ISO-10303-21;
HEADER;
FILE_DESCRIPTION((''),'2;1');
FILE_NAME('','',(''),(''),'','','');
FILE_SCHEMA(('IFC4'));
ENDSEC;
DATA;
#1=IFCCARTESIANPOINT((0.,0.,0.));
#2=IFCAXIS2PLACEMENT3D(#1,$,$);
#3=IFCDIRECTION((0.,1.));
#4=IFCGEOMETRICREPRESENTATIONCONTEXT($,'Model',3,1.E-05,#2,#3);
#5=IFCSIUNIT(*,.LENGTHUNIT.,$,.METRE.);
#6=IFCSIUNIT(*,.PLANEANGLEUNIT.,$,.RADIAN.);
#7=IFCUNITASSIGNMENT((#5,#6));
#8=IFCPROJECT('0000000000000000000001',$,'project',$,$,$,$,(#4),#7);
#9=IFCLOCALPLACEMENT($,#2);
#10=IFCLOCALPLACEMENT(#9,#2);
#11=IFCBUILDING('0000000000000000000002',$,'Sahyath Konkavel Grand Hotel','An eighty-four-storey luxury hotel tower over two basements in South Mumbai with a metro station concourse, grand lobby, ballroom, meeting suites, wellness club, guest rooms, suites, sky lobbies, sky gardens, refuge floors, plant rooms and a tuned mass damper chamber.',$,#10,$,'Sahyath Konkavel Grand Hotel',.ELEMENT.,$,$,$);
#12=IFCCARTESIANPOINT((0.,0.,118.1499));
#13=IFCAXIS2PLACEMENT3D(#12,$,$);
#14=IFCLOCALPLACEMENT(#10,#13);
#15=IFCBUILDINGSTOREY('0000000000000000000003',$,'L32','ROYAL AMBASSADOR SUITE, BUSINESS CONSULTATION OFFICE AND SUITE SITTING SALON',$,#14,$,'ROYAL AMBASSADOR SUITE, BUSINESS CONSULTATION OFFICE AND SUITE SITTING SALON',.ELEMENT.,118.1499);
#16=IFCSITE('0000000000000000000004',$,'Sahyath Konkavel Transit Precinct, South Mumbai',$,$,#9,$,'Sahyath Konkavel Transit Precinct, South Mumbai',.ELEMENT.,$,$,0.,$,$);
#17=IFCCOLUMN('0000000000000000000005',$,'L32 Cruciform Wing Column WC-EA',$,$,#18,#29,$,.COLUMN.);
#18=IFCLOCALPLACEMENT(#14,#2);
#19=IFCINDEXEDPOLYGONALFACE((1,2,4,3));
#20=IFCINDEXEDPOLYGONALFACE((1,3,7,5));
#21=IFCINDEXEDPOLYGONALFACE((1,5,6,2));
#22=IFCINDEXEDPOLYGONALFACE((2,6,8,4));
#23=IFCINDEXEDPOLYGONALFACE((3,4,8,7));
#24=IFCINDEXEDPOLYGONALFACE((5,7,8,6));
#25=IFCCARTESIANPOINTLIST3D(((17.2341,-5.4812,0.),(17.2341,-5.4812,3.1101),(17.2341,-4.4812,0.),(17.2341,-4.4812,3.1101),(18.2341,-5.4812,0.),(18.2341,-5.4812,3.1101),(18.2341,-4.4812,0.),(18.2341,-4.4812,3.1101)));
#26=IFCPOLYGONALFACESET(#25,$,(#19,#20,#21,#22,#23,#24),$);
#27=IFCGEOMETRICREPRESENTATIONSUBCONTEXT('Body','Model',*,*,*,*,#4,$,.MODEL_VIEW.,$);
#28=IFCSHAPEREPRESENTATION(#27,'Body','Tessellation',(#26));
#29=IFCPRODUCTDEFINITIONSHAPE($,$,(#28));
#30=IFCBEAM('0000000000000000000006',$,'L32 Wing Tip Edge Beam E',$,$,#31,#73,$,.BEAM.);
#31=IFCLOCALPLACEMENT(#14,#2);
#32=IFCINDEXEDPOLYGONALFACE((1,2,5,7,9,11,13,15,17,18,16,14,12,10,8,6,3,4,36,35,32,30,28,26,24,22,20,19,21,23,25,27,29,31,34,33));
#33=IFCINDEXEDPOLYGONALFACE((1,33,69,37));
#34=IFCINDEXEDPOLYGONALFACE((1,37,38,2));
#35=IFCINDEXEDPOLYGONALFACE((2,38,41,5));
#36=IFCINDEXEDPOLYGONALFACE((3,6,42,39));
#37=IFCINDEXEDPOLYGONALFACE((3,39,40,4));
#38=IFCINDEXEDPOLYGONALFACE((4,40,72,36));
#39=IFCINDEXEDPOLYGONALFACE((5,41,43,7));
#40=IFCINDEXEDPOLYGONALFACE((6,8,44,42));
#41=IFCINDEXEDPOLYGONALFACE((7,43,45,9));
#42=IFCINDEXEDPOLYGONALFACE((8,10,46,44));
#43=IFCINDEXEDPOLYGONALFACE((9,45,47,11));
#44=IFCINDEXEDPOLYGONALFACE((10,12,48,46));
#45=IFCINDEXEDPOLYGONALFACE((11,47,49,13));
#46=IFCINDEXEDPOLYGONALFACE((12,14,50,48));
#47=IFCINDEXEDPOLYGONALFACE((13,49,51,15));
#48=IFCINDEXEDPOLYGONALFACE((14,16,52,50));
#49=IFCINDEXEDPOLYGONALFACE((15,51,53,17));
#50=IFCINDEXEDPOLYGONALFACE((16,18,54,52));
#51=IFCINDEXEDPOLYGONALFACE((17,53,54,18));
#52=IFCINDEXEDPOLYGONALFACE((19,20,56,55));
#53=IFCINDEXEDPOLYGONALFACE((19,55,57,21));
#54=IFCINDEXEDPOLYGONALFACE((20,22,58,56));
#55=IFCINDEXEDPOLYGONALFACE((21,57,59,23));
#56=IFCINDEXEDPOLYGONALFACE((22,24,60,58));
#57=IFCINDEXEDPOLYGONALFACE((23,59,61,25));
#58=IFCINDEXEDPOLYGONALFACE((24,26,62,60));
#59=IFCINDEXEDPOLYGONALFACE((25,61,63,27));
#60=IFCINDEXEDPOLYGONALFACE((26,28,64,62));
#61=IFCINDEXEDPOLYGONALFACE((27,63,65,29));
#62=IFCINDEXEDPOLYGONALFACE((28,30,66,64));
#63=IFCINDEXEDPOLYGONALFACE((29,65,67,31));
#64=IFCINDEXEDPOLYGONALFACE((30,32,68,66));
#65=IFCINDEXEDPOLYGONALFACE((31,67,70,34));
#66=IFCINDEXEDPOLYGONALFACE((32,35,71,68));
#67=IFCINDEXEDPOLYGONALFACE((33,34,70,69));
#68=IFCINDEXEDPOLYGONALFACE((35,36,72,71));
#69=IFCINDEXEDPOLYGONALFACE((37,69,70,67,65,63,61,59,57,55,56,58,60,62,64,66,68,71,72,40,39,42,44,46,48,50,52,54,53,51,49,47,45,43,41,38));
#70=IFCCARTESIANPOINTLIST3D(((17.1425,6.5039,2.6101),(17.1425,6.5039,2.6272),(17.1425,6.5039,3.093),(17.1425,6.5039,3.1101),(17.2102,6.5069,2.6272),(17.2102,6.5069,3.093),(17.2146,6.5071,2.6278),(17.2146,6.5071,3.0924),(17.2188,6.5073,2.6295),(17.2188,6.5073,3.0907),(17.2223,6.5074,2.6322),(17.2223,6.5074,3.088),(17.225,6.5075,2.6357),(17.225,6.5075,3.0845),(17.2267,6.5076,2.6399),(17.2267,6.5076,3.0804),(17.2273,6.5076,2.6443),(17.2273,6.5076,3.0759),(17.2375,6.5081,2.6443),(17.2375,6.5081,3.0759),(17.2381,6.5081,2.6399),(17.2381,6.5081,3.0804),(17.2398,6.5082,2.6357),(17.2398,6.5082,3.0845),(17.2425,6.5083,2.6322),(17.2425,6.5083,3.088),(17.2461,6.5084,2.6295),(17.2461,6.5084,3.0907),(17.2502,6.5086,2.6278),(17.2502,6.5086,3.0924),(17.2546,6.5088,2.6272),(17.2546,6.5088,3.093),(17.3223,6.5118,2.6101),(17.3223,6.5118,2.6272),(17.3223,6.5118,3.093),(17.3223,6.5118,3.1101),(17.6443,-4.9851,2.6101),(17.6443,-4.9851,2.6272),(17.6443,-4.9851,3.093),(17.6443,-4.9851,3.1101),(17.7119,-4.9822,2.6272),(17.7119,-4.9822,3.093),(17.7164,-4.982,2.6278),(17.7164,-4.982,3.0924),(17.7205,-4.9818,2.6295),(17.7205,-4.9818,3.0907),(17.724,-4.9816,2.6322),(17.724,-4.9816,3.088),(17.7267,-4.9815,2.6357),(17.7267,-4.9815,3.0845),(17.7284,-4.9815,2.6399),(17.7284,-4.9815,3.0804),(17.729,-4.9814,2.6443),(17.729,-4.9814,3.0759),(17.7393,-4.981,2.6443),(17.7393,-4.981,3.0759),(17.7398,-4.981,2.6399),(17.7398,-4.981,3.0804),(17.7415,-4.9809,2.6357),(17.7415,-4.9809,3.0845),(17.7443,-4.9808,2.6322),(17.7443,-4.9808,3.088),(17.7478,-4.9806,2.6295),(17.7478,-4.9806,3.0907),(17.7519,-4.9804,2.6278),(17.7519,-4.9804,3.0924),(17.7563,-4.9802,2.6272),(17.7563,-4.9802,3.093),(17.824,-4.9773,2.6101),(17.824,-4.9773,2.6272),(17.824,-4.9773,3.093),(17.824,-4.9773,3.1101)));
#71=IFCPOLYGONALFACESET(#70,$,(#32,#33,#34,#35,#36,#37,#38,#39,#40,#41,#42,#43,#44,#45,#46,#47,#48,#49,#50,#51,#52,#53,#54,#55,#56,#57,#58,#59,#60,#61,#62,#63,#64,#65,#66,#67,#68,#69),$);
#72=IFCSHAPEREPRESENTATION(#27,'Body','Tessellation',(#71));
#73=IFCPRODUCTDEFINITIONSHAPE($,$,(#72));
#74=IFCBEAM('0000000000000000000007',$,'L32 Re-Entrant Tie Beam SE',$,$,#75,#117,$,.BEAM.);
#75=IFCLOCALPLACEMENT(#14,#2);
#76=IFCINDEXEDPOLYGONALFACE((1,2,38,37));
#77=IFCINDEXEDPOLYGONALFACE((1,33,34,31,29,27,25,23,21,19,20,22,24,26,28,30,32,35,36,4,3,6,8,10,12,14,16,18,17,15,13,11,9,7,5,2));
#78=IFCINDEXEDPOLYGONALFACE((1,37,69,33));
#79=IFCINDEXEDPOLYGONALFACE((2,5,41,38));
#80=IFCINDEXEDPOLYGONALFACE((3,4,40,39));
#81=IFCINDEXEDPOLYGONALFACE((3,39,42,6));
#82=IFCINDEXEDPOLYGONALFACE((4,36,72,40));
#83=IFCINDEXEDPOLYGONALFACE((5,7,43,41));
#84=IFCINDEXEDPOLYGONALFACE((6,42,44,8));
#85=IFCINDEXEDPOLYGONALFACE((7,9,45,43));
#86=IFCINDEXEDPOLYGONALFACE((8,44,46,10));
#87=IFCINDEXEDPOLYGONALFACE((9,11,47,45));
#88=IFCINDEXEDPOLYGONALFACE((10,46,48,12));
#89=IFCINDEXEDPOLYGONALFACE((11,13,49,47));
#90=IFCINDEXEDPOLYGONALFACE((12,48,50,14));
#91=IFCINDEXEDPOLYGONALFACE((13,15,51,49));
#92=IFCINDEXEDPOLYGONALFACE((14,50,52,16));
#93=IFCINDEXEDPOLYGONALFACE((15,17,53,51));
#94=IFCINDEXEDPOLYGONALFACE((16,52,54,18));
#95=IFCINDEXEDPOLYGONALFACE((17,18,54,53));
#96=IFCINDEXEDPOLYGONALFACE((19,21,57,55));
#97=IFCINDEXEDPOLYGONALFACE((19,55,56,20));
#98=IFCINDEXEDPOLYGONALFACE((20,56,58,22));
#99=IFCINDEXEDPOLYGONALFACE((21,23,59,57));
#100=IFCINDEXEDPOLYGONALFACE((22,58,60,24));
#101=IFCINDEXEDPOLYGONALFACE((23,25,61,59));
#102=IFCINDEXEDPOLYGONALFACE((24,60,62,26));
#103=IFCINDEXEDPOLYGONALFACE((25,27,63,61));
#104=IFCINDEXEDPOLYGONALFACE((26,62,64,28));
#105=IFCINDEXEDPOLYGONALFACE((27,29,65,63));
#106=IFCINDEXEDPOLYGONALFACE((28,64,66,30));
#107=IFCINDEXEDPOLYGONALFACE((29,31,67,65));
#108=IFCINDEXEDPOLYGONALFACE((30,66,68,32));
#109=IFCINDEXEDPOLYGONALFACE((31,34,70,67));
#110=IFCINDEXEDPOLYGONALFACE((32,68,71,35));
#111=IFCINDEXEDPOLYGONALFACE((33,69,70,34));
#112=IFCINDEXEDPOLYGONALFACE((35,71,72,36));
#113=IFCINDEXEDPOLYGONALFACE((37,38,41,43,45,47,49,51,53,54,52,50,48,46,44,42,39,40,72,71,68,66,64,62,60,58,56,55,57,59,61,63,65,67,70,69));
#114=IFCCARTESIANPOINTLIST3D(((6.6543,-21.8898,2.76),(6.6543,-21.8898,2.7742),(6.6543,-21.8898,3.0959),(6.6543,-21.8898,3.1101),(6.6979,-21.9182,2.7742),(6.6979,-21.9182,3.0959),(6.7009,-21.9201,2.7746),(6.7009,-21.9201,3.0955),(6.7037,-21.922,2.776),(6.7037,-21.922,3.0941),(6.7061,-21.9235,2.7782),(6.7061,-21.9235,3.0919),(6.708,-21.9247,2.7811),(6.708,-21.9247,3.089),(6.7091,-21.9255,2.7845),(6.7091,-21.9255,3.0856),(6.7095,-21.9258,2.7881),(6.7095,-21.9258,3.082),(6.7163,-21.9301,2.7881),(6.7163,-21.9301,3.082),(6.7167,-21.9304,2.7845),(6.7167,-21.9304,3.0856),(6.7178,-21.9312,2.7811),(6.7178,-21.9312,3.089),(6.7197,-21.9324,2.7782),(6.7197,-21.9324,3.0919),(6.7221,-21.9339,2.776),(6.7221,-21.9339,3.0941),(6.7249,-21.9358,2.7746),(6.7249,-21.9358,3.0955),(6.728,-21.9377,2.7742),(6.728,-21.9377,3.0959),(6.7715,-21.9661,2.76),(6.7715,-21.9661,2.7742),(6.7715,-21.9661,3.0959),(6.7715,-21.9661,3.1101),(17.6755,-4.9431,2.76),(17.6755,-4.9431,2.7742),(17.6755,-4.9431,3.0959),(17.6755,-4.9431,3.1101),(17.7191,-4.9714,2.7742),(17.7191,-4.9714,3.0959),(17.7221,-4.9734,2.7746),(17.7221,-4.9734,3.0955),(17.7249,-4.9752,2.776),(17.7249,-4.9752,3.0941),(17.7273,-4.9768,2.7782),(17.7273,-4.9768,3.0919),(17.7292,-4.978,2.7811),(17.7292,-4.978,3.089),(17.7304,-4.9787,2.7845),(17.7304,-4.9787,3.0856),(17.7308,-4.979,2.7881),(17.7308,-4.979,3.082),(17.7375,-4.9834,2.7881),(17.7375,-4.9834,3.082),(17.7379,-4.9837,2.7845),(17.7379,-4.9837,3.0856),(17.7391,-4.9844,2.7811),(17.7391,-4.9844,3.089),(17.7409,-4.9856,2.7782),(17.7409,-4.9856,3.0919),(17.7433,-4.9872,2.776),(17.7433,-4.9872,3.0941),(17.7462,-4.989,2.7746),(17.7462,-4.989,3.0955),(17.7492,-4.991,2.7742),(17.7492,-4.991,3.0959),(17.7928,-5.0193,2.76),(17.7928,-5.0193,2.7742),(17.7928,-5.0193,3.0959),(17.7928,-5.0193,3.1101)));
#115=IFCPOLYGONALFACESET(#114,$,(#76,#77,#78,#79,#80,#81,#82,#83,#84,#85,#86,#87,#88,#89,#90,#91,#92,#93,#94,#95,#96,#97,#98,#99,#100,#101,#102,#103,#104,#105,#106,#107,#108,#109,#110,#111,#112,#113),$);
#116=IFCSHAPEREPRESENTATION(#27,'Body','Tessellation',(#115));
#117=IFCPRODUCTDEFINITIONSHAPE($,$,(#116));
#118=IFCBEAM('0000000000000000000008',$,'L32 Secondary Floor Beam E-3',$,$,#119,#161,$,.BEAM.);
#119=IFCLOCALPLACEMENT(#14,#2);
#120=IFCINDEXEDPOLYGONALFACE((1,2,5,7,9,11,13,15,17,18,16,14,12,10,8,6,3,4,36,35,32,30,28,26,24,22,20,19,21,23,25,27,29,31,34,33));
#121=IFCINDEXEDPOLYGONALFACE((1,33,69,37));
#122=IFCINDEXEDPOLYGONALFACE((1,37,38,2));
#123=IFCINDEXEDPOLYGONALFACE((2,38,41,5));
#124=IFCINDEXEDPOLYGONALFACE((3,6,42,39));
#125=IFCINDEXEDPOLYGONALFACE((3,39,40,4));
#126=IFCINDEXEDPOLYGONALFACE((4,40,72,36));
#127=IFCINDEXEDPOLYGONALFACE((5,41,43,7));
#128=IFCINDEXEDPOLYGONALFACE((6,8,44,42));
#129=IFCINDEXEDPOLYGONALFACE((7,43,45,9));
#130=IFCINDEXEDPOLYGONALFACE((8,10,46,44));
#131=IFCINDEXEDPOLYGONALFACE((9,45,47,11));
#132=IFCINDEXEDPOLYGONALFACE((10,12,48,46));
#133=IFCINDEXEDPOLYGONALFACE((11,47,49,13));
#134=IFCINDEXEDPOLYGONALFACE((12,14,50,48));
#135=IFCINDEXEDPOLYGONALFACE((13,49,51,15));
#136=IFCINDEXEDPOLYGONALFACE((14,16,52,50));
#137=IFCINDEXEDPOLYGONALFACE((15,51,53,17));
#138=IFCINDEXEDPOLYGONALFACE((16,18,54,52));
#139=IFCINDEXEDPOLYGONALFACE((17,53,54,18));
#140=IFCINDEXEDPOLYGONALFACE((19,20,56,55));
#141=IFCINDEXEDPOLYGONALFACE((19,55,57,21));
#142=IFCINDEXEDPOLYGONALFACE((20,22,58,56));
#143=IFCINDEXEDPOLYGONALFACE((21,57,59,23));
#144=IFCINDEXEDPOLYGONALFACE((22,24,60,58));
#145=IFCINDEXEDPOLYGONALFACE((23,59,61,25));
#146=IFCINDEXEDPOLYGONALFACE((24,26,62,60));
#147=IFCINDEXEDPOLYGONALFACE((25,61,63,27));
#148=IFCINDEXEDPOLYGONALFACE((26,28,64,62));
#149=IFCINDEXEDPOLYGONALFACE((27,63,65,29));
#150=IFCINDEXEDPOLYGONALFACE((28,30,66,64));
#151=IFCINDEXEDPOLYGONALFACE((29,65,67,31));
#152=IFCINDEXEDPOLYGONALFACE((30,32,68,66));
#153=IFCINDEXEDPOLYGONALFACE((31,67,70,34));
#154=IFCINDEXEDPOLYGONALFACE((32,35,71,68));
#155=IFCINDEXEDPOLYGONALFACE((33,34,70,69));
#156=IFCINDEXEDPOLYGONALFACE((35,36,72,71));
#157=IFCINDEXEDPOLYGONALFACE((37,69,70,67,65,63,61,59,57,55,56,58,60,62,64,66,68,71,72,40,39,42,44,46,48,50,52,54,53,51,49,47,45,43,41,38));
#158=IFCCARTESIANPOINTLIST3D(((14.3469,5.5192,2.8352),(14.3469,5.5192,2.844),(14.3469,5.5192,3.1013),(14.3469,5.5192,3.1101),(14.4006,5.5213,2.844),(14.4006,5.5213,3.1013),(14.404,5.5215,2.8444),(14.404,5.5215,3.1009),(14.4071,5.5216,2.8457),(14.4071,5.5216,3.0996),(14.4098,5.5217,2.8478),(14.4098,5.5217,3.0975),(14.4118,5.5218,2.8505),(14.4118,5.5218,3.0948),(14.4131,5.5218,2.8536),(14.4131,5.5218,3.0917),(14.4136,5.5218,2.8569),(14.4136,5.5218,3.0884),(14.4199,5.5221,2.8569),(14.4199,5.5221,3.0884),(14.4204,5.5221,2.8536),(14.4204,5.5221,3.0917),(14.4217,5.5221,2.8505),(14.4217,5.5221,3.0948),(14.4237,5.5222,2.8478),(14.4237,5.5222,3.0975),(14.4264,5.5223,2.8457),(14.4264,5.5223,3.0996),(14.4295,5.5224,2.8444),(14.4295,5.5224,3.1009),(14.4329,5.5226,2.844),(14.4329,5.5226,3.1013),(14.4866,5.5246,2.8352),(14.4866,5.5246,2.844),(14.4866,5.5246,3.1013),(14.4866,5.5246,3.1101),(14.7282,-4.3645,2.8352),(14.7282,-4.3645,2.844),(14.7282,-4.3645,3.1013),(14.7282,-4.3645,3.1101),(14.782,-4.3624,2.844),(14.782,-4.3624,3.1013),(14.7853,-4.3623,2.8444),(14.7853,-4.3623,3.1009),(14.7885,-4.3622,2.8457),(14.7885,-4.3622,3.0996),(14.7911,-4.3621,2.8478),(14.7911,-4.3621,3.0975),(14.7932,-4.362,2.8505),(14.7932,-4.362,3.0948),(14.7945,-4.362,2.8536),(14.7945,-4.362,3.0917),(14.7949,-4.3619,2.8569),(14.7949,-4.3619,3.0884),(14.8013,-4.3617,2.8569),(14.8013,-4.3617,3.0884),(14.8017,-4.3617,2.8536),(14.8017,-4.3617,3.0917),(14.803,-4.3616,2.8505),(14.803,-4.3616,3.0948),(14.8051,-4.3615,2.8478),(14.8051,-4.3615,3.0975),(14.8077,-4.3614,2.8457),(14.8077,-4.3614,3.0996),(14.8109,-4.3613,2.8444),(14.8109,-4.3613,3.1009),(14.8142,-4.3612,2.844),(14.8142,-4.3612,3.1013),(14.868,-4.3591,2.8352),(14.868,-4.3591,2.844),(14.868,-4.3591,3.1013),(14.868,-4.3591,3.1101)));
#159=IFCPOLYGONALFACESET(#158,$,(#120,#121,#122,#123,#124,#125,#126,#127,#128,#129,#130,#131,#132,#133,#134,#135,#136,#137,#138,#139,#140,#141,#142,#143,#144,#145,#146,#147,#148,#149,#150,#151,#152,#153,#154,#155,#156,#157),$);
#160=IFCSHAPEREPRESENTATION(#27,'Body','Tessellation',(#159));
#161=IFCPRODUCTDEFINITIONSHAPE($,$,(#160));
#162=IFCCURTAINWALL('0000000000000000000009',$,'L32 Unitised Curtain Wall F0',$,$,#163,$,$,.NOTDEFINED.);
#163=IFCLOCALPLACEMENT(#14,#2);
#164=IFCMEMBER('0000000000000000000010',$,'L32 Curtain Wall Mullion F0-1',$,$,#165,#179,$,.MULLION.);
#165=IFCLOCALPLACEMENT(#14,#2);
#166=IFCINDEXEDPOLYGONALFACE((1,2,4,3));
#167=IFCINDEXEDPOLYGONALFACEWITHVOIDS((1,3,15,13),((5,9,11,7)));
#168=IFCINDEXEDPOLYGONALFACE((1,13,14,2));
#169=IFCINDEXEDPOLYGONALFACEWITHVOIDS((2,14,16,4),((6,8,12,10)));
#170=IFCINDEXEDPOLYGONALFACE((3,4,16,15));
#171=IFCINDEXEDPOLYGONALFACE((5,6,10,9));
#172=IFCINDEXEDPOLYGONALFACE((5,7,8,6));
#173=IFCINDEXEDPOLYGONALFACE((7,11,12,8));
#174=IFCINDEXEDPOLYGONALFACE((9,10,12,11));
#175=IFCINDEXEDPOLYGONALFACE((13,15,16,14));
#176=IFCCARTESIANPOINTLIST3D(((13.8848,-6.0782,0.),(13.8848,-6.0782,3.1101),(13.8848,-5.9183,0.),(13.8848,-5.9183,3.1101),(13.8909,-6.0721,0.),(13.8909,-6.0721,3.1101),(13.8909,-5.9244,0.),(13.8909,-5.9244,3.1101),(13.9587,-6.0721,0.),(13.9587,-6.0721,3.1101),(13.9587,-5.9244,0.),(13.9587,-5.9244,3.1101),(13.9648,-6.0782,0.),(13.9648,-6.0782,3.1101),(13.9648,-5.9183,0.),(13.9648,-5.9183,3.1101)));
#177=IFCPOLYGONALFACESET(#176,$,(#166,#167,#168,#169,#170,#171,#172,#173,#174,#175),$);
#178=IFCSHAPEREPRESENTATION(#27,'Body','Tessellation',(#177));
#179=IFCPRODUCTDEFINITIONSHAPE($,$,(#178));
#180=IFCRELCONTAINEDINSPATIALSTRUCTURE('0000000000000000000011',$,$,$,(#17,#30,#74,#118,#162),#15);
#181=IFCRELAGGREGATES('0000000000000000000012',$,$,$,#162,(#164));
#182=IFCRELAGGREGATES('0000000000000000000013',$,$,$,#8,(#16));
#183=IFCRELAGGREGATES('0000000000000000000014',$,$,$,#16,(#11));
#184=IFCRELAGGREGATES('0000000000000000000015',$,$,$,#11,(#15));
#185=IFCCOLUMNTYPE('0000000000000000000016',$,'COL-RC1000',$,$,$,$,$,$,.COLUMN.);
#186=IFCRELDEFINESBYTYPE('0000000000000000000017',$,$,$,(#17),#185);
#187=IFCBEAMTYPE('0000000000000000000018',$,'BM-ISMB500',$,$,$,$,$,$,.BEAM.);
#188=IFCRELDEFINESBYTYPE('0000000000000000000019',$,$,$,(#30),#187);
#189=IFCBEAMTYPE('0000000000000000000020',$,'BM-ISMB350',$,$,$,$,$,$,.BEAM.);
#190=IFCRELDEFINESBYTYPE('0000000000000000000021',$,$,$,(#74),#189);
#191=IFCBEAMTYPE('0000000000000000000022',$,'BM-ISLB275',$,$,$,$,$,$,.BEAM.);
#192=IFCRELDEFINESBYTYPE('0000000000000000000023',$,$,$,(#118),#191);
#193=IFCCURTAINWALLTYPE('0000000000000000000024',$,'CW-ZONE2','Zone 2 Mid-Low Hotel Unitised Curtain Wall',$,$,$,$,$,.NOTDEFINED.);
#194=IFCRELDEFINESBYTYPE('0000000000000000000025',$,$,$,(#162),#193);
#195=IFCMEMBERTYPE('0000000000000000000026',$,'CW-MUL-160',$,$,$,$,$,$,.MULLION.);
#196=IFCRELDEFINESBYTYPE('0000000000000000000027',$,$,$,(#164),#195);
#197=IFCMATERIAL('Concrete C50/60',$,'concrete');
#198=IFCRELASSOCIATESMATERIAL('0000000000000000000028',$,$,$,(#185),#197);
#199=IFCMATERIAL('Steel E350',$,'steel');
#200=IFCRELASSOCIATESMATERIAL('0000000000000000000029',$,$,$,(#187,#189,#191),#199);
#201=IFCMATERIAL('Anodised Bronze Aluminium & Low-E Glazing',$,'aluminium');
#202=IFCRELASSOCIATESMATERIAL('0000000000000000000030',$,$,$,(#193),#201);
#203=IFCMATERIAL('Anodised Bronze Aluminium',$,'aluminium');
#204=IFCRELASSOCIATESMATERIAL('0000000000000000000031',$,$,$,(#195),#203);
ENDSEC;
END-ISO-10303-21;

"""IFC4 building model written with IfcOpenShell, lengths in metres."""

from ifc_helpers import new_model, si_unit, direction, frame, origin, origin_2d, place, context, subcontext, project, spatial, rectangle, hollow_rectangle, i_section, extrude, source, transform, mapped, material, material_profile, profile_set, type_object, element, aggregate, save


model = new_model("IFC4")

# Units and contexts
model_context = context("Model", 3, precision=1e-05, world=origin(), true_north=direction((0.0, 1.0)))
body_context = subcontext(model_context, "Body", "Model", "MODEL_VIEW")
ifc_project = project(units=[si_unit("LENGTHUNIT", "METRE"), si_unit("PLANEANGLEUNIT", "RADIAN")], contexts=[model_context])

# Site, building, storey
site_placement = place(None, origin())
site = spatial("IfcSite", under=ifc_project, at=site_placement, Name="Sahyath Konkavel Transit Precinct, South Mumbai", LongName="Sahyath Konkavel Transit Precinct, South Mumbai", CompositionType="ELEMENT", RefElevation=0.0)
building_placement = place(site_placement, origin())
building = spatial("IfcBuilding", under=site, at=building_placement, Name="Sahyath Konkavel Grand Hotel", Description="An eighty-four-storey luxury hotel tower over two basements in South Mumbai with a metro station concourse, grand lobby, ballroom, meeting suites, wellness club, guest rooms, suites, sky lobbies, sky gardens, refuge floors, plant rooms and a tuned mass damper chamber.", LongName="Sahyath Konkavel Grand Hotel", CompositionType="ELEMENT")
storey_placement = place(building_placement, frame((0.0, 0.0, 118.1499)))
storey = spatial("IfcBuildingStorey", under=building, at=storey_placement, Name="L32", Description="ROYAL AMBASSADOR SUITE, BUSINESS CONSULTATION OFFICE AND SUITE SITTING SALON", LongName="ROYAL AMBASSADOR SUITE, BUSINESS CONSULTATION OFFICE AND SUITE SITTING SALON", CompositionType="ELEMENT", Elevation=118.1499)

# Column
ifc_material_1 = material(Name="Concrete C50/60", Category="concrete")
ifc_material_profile_1 = material_profile(ifc_material_1, rectangle(XDim=1.0, YDim=1.0, at=origin_2d()), Name="RC 1000x1000")
ifc_profile_set_1 = profile_set([ifc_material_profile_1], Name="Concrete C50/60")
column_type = type_object("IfcColumnType", Name="COL-RC1000", PredefinedType="COLUMN", material=ifc_profile_set_1)
shared_shape_1 = source(origin(), body_context, "Body", "SweptSolid", [
    extrude(rectangle(XDim=1.0, YDim=1.0, at=origin_2d()), origin(), (0.0, 0.0, 1.0), 3.1101),
])
column_placement = place(storey_placement, frame((17.7341, -4.9812, 0.0), z_axis=(0.0, 0.0, 1.0), x_axis=(1.0, 0.0, 0.0)))
element("IfcColumn", 1, at=column_placement, inside=storey, type_object=column_type, Name="L32 Cruciform Wing Column WC-EA", PredefinedType="COLUMN", context=body_context, shape_type="MappedRepresentation", body=[
    mapped(shared_shape_1, transform((0.0, 0.0, 0.0), scale=1.0)),
])

# Beams
ifc_material_2 = material(Name="Steel E350", Category="steel")
ifc_material_profile_2 = material_profile(ifc_material_2, i_section(OverallWidth=0.1799, OverallDepth=0.5, WebThickness=0.0103, FlangeThickness=0.0171, FilletRadius=0.0171, at=origin_2d()), Name="ISMB 500")
ifc_profile_set_2 = profile_set([ifc_material_profile_2], Name="Steel E350")
beam_type_1 = type_object("IfcBeamType", Name="BM-ISMB500", PredefinedType="BEAM", material=ifc_profile_set_2)
shared_shape_2 = source(origin(), body_context, "Body", "SweptSolid", [
    extrude(i_section(OverallWidth=0.1799, OverallDepth=0.5, WebThickness=0.0103, FlangeThickness=0.0171, FilletRadius=0.0171, at=origin_2d()), origin(), (0.0, 0.0, 1.0), 11.5),
])
beam_1_placement = place(storey_placement, frame((17.7341, -4.9812, 2.8601), z_axis=(-0.043627, 0.999048, 0.0), x_axis=(-0.999048, -0.043627, 0.0)))
element("IfcBeam", 2, at=beam_1_placement, inside=storey, type_object=beam_type_1, Name="L32 Wing Tip Edge Beam E", PredefinedType="BEAM", context=body_context, shape_type="MappedRepresentation", body=[
    mapped(shared_shape_2, transform((0.0, 0.0, 0.0), scale=1.0)),
])
ifc_material_profile_3 = material_profile(ifc_material_2, i_section(OverallWidth=0.1399, OverallDepth=0.3501, WebThickness=0.0081, FlangeThickness=0.0142, FilletRadius=0.0139, at=origin_2d()), Name="ISMB 350")
ifc_profile_set_3 = profile_set([ifc_material_profile_3], Name="Steel E350")
beam_type_2 = type_object("IfcBeamType", Name="BM-ISMB350", PredefinedType="BEAM", material=ifc_profile_set_3)
shared_shape_3 = source(origin(), body_context, "Body", "SweptSolid", [
    extrude(i_section(OverallWidth=0.1399, OverallDepth=0.3501, WebThickness=0.0081, FlangeThickness=0.0142, FilletRadius=0.0139, at=origin_2d()), origin(), (0.0, 0.0, 1.0), 20.2153),
])
beam_2_placement = place(storey_placement, frame((17.7341, -4.9812, 2.9351), z_axis=(-0.545191, -0.838312, 0.0), x_axis=(0.838312, -0.545191, 0.0)))
element("IfcBeam", 3, at=beam_2_placement, inside=storey, type_object=beam_type_2, Name="L32 Re-Entrant Tie Beam SE", PredefinedType="BEAM", context=body_context, shape_type="MappedRepresentation", body=[
    mapped(shared_shape_3, transform((0.0, 0.0, 0.0), scale=1.0)),
])
ifc_material_profile_4 = material_profile(ifc_material_2, i_section(OverallWidth=0.1399, OverallDepth=0.2749, WebThickness=0.0063, FlangeThickness=0.0088, FilletRadius=0.0129, at=origin_2d()), Name="ISLB 275")
ifc_profile_set_4 = profile_set([ifc_material_profile_4], Name="Steel E350")
beam_type_3 = type_object("IfcBeamType", Name="BM-ISLB275", PredefinedType="BEAM", material=ifc_profile_set_4)
shared_shape_4 = source(origin(), body_context, "Body", "SweptSolid", [
    extrude(i_section(OverallWidth=0.1399, OverallDepth=0.2749, WebThickness=0.0063, FlangeThickness=0.0088, FilletRadius=0.0129, at=origin_2d()), origin(), (0.0, 0.0, 1.0), 9.8911),
])
beam_3_placement = place(storey_placement, frame((14.7981, -4.3618, 2.9727), z_axis=(-0.038554, 0.999257, 0.0), x_axis=(-0.999257, -0.038554, 0.0)))
element("IfcBeam", 4, at=beam_3_placement, inside=storey, type_object=beam_type_3, Name="L32 Secondary Floor Beam E-3", PredefinedType="BEAM", context=body_context, shape_type="MappedRepresentation", body=[
    mapped(shared_shape_4, transform((0.0, 0.0, 0.0), scale=1.0)),
])

# Curtain wall, member
ifc_material_3 = material(Name="Anodised Bronze Aluminium & Low-E Glazing", Category="aluminium")
curtain_wall_type = type_object("IfcCurtainWallType", Name="CW-ZONE2", Description="Zone 2 Mid-Low Hotel Unitised Curtain Wall", PredefinedType="NOTDEFINED", material=ifc_material_3)
curtain_wall_1_placement = place(storey_placement, origin())
curtain_wall_1 = element("IfcCurtainWall", 5, at=curtain_wall_1_placement, inside=storey, type_object=curtain_wall_type, Name="L32 Unitised Curtain Wall F0", PredefinedType="NOTDEFINED")
ifc_material_4 = material(Name="Anodised Bronze Aluminium", Category="aluminium")
ifc_material_profile_5 = material_profile(ifc_material_4, hollow_rectangle(XDim=0.0801, YDim=0.1599, WallThickness=0.0061, at=origin_2d()), Name="RHS 160x80x6")
ifc_profile_set_5 = profile_set([ifc_material_profile_5], Name="Anodised Bronze Aluminium")
member_type_1 = type_object("IfcMemberType", Name="CW-MUL-160", PredefinedType="MULLION", material=ifc_profile_set_5)
shared_shape_5 = source(origin(), body_context, "Body", "SweptSolid", [
    extrude(hollow_rectangle(XDim=0.0801, YDim=0.1599, WallThickness=0.0061, at=origin_2d()), origin(), (0.0, 0.0, 1.0), 3.1101),
])
member_1_placement = place(storey_placement, frame((13.9248, -5.9983, 0.0), z_axis=(0.0, 0.0, 1.0), x_axis=(1.0, 0.0, 0.0)))
member_1 = element("IfcMember", 6, at=member_1_placement, type_object=member_type_1, Name="L32 Curtain Wall Mullion F0-1", PredefinedType="MULLION", context=body_context, shape_type="MappedRepresentation", body=[
    mapped(shared_shape_5, transform((0.0, 0.0, 0.0), scale=1.0)),
])

aggregate(curtain_wall_1, [member_1])

save(model, "model.ifc")
